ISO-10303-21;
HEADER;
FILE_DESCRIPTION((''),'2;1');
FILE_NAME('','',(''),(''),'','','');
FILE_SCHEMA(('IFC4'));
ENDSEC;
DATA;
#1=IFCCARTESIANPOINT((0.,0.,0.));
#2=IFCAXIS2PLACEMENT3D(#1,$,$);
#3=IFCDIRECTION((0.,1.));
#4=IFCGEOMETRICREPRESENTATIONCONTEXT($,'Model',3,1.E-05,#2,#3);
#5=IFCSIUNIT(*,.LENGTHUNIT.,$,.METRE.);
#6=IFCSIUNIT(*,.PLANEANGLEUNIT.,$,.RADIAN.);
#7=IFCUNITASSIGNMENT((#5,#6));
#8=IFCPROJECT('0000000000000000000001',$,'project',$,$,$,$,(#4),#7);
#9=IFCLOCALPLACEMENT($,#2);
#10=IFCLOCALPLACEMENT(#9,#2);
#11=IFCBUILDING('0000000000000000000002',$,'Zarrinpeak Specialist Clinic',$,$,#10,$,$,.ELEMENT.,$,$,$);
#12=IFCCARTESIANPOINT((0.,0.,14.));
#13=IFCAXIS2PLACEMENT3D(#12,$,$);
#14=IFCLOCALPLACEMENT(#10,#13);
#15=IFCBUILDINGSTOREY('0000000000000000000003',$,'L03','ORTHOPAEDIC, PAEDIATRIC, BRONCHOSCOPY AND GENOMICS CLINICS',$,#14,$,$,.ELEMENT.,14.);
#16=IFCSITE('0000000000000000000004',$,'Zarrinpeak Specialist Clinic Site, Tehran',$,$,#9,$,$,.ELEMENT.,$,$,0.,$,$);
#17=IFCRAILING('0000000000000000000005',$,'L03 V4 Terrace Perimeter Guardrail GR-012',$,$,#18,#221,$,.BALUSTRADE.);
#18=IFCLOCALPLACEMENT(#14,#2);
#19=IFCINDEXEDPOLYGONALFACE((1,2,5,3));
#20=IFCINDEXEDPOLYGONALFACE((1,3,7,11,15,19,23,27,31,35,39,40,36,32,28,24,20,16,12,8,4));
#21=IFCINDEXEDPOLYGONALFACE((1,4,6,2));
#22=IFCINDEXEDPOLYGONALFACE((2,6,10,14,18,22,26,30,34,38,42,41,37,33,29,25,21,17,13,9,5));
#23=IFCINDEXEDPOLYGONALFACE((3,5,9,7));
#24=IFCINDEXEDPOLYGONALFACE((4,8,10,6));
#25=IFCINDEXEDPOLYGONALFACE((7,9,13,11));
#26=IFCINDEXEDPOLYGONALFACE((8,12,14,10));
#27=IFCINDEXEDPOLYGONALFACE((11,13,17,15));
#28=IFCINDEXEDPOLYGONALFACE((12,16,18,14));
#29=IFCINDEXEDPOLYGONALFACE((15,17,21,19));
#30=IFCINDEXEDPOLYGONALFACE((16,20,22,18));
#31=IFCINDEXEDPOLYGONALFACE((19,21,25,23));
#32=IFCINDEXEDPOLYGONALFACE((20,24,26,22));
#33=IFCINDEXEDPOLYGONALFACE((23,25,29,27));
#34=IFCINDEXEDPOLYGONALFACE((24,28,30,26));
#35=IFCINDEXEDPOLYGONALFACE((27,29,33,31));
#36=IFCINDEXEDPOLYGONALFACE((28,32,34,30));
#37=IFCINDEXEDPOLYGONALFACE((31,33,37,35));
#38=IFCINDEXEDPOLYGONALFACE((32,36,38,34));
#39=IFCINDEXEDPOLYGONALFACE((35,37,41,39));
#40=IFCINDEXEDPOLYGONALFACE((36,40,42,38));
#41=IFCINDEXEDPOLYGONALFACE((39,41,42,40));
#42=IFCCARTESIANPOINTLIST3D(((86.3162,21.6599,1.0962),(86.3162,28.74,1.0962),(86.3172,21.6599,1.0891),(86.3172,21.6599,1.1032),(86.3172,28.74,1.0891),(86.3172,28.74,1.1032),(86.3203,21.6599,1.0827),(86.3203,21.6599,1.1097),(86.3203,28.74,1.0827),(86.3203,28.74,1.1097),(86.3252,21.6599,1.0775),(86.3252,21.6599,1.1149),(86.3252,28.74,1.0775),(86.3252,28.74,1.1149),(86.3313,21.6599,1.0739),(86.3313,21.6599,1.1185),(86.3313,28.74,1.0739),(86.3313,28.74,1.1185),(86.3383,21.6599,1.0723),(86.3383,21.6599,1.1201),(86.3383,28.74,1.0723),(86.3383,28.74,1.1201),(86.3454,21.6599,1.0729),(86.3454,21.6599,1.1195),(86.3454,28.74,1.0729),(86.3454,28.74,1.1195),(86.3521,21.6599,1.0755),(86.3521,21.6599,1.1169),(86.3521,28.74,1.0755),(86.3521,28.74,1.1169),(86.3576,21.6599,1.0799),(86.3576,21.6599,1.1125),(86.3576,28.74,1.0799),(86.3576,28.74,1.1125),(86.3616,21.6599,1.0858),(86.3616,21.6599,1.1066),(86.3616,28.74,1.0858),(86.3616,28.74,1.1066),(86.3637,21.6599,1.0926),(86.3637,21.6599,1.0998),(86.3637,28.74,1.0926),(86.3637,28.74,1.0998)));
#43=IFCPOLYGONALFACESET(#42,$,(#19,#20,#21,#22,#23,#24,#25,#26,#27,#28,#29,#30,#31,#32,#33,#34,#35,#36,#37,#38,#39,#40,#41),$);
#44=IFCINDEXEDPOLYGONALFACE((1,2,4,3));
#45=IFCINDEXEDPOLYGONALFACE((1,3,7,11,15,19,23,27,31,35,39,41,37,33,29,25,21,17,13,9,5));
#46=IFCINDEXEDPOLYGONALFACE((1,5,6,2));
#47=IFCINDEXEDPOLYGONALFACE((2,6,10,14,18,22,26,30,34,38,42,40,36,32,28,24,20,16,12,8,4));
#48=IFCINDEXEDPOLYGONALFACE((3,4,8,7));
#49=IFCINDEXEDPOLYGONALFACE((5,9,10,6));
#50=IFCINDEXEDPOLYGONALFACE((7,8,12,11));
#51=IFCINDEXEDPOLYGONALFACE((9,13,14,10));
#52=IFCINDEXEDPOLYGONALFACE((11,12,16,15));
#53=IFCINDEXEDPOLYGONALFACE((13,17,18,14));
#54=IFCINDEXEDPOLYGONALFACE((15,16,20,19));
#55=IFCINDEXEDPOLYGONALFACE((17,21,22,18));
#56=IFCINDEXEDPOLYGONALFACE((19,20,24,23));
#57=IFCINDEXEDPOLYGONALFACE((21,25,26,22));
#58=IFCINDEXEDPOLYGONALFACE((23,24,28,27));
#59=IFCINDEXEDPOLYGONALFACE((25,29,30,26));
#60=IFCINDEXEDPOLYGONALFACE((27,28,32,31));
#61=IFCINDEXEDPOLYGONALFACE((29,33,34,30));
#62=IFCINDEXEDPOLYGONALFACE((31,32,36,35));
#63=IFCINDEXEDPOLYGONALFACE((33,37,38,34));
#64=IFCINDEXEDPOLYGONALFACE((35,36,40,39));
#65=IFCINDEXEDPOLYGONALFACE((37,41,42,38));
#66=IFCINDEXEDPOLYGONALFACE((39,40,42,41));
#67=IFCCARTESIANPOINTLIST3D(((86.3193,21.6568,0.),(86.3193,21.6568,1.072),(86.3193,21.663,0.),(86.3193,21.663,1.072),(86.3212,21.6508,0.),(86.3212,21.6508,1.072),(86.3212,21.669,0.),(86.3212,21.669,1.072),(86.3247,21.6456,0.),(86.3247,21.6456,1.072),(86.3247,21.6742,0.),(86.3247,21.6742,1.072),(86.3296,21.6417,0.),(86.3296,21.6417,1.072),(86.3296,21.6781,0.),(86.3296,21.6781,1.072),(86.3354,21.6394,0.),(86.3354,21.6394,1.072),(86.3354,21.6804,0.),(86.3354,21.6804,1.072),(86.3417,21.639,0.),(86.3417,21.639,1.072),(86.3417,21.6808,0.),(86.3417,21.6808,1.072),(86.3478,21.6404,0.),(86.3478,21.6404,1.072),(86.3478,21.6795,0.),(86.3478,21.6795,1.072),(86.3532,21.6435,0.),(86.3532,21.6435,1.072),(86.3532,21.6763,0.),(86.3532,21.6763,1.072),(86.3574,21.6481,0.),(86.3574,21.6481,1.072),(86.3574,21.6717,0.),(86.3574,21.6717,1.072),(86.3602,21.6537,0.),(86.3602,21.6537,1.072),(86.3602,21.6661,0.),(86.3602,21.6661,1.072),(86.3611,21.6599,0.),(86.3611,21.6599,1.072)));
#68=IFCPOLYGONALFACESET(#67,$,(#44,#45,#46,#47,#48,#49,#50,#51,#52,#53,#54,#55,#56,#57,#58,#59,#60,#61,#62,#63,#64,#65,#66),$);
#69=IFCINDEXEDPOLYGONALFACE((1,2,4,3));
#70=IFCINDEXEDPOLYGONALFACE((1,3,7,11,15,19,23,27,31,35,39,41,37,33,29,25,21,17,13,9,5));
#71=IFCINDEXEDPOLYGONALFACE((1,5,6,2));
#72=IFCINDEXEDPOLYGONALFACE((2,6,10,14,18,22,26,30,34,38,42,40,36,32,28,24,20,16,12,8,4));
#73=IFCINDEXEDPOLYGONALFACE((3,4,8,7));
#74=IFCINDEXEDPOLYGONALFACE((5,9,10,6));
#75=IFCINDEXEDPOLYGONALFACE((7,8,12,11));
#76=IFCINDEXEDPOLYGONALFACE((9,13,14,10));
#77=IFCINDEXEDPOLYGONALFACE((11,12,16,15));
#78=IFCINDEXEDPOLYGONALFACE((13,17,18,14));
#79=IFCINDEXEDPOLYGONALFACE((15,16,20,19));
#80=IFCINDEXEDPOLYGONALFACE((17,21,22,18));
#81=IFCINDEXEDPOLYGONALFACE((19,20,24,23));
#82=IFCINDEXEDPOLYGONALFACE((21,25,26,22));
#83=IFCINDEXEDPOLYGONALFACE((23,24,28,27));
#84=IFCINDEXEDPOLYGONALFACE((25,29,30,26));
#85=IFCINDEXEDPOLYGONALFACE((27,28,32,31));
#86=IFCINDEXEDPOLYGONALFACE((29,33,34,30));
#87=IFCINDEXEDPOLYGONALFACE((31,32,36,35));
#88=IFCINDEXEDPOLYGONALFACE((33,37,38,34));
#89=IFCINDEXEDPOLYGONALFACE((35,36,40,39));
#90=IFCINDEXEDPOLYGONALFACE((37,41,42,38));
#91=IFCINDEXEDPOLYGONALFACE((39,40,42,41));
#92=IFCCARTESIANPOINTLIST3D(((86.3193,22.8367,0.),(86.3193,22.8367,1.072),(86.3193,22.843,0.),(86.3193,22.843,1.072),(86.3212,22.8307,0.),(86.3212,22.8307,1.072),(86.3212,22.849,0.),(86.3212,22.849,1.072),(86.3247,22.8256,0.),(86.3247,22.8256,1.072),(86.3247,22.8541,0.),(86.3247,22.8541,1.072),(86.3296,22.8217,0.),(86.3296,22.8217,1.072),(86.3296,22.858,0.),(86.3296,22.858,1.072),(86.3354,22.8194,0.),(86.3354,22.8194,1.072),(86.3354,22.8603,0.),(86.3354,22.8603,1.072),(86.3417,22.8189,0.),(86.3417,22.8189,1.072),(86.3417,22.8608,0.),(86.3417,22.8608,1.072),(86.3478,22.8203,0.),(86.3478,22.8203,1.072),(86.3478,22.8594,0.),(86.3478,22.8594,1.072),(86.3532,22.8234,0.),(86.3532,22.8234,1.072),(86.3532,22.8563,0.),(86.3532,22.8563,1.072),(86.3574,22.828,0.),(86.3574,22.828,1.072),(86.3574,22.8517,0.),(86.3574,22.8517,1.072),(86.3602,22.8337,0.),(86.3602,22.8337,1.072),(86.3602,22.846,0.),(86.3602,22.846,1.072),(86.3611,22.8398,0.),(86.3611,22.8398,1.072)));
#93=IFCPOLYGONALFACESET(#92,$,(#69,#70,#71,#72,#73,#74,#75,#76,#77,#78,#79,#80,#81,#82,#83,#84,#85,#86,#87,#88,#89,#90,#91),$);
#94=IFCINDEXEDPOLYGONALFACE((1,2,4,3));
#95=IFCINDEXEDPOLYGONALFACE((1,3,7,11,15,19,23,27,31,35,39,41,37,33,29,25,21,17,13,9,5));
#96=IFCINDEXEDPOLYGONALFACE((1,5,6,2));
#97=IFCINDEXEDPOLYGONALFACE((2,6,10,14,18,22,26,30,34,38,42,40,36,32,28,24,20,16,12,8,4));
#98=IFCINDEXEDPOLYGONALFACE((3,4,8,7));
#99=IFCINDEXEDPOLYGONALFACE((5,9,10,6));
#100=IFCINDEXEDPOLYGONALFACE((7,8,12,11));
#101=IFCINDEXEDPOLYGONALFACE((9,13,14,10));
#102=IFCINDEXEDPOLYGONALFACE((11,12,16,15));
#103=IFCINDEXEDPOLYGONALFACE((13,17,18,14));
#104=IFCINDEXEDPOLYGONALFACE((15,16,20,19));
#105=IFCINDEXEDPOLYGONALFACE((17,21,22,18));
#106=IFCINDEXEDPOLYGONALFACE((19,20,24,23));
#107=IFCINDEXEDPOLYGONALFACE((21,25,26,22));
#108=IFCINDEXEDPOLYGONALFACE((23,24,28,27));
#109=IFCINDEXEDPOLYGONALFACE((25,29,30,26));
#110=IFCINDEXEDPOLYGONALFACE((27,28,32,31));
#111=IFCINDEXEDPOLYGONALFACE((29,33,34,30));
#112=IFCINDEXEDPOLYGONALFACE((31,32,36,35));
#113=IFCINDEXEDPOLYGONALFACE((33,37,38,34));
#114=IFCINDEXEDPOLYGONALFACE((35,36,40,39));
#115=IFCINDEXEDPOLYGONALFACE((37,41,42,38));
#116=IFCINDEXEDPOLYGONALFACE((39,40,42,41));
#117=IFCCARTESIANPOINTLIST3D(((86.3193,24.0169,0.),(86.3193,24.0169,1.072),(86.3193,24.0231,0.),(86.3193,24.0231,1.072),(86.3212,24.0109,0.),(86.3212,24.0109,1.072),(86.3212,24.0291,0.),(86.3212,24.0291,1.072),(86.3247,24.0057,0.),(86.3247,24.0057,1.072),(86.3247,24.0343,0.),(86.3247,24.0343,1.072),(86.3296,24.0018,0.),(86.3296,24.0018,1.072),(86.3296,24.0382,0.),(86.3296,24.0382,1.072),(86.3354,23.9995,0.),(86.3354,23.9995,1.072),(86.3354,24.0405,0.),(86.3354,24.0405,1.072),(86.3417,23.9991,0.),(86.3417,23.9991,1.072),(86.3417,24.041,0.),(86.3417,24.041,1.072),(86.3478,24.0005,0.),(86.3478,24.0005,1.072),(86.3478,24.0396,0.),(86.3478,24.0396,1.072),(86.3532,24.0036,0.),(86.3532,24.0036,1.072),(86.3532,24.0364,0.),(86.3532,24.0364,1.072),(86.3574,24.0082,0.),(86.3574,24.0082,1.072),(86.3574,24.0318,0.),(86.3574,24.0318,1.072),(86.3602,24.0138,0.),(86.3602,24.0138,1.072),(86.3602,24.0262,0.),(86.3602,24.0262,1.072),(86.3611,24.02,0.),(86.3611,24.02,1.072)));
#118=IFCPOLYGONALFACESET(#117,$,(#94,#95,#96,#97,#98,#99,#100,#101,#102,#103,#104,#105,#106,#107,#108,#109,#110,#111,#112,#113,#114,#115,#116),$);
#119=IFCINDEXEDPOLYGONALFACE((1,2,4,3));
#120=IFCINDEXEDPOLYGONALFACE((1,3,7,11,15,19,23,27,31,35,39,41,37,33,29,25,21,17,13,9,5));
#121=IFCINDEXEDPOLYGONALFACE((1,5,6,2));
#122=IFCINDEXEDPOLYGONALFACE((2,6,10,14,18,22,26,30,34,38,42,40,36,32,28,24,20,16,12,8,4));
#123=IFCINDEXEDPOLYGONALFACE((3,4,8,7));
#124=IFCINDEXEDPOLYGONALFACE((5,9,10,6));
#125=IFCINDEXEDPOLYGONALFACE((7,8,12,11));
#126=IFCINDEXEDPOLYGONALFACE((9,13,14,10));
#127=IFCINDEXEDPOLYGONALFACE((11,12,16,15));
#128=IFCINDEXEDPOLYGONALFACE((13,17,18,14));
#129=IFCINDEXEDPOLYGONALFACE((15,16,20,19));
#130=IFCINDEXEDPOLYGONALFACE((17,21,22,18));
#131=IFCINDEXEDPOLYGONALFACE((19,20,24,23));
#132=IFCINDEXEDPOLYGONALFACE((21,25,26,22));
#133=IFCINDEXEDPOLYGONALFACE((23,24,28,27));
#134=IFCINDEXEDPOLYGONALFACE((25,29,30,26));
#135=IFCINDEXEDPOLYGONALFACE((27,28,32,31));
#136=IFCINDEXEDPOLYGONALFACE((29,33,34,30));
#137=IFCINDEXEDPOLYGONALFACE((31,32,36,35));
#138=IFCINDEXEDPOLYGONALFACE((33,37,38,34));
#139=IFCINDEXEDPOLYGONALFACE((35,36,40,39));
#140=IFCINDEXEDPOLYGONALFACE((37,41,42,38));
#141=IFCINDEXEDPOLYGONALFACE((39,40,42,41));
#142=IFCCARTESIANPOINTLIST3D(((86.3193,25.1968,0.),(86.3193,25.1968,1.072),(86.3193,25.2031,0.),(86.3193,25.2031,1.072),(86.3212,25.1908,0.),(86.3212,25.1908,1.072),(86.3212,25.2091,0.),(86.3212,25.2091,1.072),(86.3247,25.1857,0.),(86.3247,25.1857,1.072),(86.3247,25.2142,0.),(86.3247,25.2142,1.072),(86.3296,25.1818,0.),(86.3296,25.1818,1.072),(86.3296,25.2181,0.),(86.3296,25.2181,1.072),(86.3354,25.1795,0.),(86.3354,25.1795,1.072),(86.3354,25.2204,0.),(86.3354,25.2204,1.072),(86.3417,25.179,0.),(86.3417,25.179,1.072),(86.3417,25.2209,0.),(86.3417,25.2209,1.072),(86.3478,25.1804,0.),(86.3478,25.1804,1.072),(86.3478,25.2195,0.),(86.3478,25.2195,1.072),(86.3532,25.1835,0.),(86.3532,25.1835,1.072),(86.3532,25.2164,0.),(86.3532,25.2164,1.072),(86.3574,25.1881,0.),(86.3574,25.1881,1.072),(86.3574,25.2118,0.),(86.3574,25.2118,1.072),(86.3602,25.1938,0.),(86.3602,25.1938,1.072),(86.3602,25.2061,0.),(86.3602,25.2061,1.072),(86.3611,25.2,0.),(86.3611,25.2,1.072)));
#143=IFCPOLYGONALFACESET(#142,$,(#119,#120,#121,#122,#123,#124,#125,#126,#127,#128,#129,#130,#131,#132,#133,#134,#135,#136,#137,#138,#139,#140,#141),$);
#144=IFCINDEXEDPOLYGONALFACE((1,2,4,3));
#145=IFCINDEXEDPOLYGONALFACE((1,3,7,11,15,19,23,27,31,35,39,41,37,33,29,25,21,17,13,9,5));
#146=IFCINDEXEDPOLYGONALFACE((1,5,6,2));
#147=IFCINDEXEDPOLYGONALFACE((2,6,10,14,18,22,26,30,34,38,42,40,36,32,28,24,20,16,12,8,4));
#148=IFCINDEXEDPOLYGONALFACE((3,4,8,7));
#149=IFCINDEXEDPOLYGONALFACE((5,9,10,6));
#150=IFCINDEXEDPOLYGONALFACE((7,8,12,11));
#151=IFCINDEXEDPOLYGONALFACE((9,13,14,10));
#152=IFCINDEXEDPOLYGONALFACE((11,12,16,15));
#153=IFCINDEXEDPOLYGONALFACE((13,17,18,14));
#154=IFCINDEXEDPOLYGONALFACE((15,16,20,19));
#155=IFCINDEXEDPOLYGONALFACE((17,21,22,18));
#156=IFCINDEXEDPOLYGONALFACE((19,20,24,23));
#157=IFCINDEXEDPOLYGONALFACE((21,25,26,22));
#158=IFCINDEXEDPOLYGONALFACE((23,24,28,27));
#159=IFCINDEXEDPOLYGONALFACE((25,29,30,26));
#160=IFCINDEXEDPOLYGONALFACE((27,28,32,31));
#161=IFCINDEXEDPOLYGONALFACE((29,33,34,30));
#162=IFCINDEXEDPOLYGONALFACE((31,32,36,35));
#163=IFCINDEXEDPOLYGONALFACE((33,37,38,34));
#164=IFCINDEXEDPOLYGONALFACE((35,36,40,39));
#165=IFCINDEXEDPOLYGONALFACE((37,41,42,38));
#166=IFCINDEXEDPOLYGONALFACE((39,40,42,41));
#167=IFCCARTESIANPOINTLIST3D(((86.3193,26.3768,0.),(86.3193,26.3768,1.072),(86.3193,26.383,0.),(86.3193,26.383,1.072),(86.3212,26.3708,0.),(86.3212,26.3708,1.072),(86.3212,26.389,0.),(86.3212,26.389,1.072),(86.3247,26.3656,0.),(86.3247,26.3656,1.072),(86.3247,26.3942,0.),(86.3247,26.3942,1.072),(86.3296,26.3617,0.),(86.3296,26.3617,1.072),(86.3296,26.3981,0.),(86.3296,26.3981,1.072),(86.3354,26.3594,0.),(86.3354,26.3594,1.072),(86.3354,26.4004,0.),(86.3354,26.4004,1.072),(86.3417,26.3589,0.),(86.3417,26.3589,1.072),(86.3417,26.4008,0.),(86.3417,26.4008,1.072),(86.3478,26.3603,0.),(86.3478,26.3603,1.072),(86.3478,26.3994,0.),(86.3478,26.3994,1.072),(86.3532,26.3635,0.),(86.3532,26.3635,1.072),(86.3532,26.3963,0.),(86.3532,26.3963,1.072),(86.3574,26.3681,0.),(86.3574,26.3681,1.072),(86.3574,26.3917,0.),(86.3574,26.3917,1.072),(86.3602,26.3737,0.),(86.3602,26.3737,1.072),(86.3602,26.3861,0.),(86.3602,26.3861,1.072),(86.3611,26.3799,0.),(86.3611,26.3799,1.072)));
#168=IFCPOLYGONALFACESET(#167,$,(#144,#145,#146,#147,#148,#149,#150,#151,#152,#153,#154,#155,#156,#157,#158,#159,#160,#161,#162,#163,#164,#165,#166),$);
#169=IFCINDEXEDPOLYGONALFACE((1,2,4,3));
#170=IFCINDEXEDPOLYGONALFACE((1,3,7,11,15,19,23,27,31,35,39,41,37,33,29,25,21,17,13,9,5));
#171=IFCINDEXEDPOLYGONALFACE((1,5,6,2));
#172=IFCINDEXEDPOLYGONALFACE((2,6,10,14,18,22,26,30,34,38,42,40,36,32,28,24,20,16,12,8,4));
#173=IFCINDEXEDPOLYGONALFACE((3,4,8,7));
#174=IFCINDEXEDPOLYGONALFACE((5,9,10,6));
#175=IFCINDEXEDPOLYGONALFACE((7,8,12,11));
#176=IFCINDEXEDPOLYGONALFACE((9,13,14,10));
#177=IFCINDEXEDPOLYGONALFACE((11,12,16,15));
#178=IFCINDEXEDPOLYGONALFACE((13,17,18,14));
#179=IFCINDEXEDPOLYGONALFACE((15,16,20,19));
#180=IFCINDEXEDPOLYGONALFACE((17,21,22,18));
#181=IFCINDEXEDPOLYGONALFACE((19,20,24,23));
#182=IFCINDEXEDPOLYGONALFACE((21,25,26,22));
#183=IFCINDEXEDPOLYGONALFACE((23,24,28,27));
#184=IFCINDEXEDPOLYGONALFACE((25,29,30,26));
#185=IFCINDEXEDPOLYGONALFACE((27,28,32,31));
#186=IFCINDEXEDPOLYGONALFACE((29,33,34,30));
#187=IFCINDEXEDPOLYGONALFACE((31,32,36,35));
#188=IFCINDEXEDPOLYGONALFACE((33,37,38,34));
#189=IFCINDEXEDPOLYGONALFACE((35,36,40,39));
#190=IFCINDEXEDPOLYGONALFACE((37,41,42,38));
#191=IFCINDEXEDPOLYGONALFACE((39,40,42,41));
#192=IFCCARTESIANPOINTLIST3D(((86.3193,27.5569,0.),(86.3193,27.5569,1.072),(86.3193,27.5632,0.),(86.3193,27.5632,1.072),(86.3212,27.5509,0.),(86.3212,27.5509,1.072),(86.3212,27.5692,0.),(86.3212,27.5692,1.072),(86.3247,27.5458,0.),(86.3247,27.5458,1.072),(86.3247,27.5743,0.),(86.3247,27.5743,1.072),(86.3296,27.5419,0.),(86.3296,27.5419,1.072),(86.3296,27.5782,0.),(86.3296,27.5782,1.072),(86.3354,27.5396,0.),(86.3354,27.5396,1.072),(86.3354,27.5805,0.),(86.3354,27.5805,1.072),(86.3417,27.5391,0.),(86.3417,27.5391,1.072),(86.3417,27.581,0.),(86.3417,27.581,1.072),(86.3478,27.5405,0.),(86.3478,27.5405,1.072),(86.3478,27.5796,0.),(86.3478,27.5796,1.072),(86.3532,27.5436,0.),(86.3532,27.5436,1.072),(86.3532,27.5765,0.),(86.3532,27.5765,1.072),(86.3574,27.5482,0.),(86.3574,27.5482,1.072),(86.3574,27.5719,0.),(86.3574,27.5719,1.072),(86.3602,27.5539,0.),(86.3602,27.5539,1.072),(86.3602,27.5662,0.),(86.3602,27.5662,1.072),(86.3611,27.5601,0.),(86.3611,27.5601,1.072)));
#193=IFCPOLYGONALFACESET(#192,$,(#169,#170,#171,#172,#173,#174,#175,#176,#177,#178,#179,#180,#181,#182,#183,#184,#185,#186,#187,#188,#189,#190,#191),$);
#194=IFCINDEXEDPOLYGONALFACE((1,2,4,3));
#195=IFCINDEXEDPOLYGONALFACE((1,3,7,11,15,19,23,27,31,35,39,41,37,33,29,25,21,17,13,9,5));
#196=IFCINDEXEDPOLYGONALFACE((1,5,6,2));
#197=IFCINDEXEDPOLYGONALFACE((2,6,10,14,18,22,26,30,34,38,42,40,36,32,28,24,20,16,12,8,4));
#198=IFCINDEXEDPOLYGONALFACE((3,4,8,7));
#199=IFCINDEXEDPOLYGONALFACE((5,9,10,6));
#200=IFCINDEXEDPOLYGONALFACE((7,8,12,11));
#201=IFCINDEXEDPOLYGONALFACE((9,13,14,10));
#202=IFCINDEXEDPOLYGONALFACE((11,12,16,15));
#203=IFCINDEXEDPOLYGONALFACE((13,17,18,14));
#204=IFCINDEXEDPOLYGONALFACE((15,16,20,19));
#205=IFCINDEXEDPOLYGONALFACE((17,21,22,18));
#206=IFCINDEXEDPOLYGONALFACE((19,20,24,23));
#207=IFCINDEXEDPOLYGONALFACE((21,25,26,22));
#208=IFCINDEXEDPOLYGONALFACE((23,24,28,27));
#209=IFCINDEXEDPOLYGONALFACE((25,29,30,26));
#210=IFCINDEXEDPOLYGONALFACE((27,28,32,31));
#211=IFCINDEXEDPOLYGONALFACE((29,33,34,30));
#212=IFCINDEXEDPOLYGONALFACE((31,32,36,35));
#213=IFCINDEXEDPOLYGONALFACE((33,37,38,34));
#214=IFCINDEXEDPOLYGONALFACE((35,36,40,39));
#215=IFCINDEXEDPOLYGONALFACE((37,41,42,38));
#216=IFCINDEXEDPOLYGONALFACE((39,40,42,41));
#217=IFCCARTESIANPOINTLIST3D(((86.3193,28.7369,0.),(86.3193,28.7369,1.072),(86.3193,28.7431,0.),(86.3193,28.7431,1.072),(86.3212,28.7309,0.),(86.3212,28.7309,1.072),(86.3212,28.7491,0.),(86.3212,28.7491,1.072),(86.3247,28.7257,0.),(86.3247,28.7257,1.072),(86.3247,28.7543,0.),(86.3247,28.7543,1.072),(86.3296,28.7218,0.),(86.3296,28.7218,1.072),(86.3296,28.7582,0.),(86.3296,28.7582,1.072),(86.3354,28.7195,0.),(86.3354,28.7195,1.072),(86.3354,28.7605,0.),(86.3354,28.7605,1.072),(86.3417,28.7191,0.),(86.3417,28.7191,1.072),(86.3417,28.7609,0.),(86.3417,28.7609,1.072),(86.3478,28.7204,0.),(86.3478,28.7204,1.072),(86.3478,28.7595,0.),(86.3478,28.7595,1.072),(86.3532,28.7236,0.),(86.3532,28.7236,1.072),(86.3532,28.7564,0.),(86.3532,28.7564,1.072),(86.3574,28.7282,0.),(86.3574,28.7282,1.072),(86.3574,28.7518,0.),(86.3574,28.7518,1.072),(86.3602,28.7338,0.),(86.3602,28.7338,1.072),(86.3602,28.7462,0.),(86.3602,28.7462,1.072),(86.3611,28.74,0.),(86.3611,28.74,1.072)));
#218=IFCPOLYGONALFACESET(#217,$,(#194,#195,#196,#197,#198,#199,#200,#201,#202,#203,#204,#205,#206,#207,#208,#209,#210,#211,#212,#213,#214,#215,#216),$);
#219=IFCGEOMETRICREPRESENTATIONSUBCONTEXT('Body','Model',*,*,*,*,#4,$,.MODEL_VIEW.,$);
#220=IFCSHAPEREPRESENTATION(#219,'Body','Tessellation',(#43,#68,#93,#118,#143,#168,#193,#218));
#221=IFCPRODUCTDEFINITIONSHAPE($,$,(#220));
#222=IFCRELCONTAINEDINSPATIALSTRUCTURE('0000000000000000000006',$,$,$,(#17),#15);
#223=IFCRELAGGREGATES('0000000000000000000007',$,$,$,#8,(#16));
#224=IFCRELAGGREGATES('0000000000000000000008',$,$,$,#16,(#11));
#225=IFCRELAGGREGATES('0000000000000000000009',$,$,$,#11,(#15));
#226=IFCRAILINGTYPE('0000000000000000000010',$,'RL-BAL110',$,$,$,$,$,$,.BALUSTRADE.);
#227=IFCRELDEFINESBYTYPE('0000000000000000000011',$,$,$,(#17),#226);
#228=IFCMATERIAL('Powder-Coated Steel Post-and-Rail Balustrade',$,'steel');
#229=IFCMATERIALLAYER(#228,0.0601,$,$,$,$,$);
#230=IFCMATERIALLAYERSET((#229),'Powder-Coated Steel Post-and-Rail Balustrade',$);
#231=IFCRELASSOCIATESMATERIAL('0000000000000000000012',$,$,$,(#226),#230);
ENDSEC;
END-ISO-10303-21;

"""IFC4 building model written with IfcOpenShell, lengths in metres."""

from ifc_helpers import new_model, si_unit, direction, frame, origin, origin_2d, place, context, subcontext, project, spatial, circle, extrude, material, layer, layer_set, type_object, element, save


model = new_model("IFC4")

# Units and contexts
model_context = context("Model", 3, precision=1e-05, world=origin(), true_north=direction((0.0, 1.0)))
body_context = subcontext(model_context, "Body", "Model", "MODEL_VIEW")
ifc_project = project(units=[si_unit("LENGTHUNIT", "METRE"), si_unit("PLANEANGLEUNIT", "RADIAN")], contexts=[model_context])

# Site, building, storey
site_placement = place(None, origin())
site = spatial("IfcSite", under=ifc_project, at=site_placement, Name="Zarrinpeak Specialist Clinic Site, Tehran", CompositionType="ELEMENT", RefElevation=0.0)
building_placement = place(site_placement, origin())
building = spatial("IfcBuilding", under=site, at=building_placement, Name="Zarrinpeak Specialist Clinic", CompositionType="ELEMENT")
storey_placement = place(building_placement, frame((0.0, 0.0, 14.0)))
storey = spatial("IfcBuildingStorey", under=building, at=storey_placement, Name="L03", Description="ORTHOPAEDIC, PAEDIATRIC, BRONCHOSCOPY AND GENOMICS CLINICS", CompositionType="ELEMENT", Elevation=14.0)

# Railing
ifc_material_1 = material(Name="Powder-Coated Steel Post-and-Rail Balustrade", Category="steel")
ifc_layer_1 = layer(ifc_material_1, 0.0601)
ifc_layer_set_1 = layer_set([ifc_layer_1], Name="Powder-Coated Steel Post-and-Rail Balustrade")
railing_type = type_object("IfcRailingType", Name="RL-BAL110", PredefinedType="BALUSTRADE", material=ifc_layer_set_1)
railing_placement = place(storey_placement, frame((86.3401, 21.6599, 0.0)))
element("IfcRailing", 1, at=railing_placement, inside=storey, type_object=railing_type, Name="L03 V4 Terrace Perimeter Guardrail GR-012", PredefinedType="BALUSTRADE", context=body_context, shape_type="SweptSolid", body=[
    extrude(circle(Radius=0.0239, at=origin_2d()), frame((0.0, 0.0, 1.0962), z_axis=(0.0, 1.0, 0.0), x_axis=(-1.0, 0.0, 0.0)), (0.0, 0.0, 1.0), 7.0801),
    extrude(circle(Radius=0.021, at=origin_2d()), origin(), (0.0, 0.0, 1.0), 1.072),
    extrude(circle(Radius=0.021, at=origin_2d()), frame((0.0, 1.1799, 0.0)), (0.0, 0.0, 1.0), 1.072),
    extrude(circle(Radius=0.021, at=origin_2d()), frame((0.0, 2.3601, 0.0)), (0.0, 0.0, 1.0), 1.072),
    extrude(circle(Radius=0.021, at=origin_2d()), frame((0.0, 3.54, 0.0)), (0.0, 0.0, 1.0), 1.072),
    extrude(circle(Radius=0.021, at=origin_2d()), frame((0.0, 4.72, 0.0)), (0.0, 0.0, 1.0), 1.072),
    extrude(circle(Radius=0.021, at=origin_2d()), frame((0.0, 5.9001, 0.0)), (0.0, 0.0, 1.0), 1.072),
    extrude(circle(Radius=0.021, at=origin_2d()), frame((0.0, 7.0801, 0.0)), (0.0, 0.0, 1.0), 1.072),
])

save(model, "model.ifc")
